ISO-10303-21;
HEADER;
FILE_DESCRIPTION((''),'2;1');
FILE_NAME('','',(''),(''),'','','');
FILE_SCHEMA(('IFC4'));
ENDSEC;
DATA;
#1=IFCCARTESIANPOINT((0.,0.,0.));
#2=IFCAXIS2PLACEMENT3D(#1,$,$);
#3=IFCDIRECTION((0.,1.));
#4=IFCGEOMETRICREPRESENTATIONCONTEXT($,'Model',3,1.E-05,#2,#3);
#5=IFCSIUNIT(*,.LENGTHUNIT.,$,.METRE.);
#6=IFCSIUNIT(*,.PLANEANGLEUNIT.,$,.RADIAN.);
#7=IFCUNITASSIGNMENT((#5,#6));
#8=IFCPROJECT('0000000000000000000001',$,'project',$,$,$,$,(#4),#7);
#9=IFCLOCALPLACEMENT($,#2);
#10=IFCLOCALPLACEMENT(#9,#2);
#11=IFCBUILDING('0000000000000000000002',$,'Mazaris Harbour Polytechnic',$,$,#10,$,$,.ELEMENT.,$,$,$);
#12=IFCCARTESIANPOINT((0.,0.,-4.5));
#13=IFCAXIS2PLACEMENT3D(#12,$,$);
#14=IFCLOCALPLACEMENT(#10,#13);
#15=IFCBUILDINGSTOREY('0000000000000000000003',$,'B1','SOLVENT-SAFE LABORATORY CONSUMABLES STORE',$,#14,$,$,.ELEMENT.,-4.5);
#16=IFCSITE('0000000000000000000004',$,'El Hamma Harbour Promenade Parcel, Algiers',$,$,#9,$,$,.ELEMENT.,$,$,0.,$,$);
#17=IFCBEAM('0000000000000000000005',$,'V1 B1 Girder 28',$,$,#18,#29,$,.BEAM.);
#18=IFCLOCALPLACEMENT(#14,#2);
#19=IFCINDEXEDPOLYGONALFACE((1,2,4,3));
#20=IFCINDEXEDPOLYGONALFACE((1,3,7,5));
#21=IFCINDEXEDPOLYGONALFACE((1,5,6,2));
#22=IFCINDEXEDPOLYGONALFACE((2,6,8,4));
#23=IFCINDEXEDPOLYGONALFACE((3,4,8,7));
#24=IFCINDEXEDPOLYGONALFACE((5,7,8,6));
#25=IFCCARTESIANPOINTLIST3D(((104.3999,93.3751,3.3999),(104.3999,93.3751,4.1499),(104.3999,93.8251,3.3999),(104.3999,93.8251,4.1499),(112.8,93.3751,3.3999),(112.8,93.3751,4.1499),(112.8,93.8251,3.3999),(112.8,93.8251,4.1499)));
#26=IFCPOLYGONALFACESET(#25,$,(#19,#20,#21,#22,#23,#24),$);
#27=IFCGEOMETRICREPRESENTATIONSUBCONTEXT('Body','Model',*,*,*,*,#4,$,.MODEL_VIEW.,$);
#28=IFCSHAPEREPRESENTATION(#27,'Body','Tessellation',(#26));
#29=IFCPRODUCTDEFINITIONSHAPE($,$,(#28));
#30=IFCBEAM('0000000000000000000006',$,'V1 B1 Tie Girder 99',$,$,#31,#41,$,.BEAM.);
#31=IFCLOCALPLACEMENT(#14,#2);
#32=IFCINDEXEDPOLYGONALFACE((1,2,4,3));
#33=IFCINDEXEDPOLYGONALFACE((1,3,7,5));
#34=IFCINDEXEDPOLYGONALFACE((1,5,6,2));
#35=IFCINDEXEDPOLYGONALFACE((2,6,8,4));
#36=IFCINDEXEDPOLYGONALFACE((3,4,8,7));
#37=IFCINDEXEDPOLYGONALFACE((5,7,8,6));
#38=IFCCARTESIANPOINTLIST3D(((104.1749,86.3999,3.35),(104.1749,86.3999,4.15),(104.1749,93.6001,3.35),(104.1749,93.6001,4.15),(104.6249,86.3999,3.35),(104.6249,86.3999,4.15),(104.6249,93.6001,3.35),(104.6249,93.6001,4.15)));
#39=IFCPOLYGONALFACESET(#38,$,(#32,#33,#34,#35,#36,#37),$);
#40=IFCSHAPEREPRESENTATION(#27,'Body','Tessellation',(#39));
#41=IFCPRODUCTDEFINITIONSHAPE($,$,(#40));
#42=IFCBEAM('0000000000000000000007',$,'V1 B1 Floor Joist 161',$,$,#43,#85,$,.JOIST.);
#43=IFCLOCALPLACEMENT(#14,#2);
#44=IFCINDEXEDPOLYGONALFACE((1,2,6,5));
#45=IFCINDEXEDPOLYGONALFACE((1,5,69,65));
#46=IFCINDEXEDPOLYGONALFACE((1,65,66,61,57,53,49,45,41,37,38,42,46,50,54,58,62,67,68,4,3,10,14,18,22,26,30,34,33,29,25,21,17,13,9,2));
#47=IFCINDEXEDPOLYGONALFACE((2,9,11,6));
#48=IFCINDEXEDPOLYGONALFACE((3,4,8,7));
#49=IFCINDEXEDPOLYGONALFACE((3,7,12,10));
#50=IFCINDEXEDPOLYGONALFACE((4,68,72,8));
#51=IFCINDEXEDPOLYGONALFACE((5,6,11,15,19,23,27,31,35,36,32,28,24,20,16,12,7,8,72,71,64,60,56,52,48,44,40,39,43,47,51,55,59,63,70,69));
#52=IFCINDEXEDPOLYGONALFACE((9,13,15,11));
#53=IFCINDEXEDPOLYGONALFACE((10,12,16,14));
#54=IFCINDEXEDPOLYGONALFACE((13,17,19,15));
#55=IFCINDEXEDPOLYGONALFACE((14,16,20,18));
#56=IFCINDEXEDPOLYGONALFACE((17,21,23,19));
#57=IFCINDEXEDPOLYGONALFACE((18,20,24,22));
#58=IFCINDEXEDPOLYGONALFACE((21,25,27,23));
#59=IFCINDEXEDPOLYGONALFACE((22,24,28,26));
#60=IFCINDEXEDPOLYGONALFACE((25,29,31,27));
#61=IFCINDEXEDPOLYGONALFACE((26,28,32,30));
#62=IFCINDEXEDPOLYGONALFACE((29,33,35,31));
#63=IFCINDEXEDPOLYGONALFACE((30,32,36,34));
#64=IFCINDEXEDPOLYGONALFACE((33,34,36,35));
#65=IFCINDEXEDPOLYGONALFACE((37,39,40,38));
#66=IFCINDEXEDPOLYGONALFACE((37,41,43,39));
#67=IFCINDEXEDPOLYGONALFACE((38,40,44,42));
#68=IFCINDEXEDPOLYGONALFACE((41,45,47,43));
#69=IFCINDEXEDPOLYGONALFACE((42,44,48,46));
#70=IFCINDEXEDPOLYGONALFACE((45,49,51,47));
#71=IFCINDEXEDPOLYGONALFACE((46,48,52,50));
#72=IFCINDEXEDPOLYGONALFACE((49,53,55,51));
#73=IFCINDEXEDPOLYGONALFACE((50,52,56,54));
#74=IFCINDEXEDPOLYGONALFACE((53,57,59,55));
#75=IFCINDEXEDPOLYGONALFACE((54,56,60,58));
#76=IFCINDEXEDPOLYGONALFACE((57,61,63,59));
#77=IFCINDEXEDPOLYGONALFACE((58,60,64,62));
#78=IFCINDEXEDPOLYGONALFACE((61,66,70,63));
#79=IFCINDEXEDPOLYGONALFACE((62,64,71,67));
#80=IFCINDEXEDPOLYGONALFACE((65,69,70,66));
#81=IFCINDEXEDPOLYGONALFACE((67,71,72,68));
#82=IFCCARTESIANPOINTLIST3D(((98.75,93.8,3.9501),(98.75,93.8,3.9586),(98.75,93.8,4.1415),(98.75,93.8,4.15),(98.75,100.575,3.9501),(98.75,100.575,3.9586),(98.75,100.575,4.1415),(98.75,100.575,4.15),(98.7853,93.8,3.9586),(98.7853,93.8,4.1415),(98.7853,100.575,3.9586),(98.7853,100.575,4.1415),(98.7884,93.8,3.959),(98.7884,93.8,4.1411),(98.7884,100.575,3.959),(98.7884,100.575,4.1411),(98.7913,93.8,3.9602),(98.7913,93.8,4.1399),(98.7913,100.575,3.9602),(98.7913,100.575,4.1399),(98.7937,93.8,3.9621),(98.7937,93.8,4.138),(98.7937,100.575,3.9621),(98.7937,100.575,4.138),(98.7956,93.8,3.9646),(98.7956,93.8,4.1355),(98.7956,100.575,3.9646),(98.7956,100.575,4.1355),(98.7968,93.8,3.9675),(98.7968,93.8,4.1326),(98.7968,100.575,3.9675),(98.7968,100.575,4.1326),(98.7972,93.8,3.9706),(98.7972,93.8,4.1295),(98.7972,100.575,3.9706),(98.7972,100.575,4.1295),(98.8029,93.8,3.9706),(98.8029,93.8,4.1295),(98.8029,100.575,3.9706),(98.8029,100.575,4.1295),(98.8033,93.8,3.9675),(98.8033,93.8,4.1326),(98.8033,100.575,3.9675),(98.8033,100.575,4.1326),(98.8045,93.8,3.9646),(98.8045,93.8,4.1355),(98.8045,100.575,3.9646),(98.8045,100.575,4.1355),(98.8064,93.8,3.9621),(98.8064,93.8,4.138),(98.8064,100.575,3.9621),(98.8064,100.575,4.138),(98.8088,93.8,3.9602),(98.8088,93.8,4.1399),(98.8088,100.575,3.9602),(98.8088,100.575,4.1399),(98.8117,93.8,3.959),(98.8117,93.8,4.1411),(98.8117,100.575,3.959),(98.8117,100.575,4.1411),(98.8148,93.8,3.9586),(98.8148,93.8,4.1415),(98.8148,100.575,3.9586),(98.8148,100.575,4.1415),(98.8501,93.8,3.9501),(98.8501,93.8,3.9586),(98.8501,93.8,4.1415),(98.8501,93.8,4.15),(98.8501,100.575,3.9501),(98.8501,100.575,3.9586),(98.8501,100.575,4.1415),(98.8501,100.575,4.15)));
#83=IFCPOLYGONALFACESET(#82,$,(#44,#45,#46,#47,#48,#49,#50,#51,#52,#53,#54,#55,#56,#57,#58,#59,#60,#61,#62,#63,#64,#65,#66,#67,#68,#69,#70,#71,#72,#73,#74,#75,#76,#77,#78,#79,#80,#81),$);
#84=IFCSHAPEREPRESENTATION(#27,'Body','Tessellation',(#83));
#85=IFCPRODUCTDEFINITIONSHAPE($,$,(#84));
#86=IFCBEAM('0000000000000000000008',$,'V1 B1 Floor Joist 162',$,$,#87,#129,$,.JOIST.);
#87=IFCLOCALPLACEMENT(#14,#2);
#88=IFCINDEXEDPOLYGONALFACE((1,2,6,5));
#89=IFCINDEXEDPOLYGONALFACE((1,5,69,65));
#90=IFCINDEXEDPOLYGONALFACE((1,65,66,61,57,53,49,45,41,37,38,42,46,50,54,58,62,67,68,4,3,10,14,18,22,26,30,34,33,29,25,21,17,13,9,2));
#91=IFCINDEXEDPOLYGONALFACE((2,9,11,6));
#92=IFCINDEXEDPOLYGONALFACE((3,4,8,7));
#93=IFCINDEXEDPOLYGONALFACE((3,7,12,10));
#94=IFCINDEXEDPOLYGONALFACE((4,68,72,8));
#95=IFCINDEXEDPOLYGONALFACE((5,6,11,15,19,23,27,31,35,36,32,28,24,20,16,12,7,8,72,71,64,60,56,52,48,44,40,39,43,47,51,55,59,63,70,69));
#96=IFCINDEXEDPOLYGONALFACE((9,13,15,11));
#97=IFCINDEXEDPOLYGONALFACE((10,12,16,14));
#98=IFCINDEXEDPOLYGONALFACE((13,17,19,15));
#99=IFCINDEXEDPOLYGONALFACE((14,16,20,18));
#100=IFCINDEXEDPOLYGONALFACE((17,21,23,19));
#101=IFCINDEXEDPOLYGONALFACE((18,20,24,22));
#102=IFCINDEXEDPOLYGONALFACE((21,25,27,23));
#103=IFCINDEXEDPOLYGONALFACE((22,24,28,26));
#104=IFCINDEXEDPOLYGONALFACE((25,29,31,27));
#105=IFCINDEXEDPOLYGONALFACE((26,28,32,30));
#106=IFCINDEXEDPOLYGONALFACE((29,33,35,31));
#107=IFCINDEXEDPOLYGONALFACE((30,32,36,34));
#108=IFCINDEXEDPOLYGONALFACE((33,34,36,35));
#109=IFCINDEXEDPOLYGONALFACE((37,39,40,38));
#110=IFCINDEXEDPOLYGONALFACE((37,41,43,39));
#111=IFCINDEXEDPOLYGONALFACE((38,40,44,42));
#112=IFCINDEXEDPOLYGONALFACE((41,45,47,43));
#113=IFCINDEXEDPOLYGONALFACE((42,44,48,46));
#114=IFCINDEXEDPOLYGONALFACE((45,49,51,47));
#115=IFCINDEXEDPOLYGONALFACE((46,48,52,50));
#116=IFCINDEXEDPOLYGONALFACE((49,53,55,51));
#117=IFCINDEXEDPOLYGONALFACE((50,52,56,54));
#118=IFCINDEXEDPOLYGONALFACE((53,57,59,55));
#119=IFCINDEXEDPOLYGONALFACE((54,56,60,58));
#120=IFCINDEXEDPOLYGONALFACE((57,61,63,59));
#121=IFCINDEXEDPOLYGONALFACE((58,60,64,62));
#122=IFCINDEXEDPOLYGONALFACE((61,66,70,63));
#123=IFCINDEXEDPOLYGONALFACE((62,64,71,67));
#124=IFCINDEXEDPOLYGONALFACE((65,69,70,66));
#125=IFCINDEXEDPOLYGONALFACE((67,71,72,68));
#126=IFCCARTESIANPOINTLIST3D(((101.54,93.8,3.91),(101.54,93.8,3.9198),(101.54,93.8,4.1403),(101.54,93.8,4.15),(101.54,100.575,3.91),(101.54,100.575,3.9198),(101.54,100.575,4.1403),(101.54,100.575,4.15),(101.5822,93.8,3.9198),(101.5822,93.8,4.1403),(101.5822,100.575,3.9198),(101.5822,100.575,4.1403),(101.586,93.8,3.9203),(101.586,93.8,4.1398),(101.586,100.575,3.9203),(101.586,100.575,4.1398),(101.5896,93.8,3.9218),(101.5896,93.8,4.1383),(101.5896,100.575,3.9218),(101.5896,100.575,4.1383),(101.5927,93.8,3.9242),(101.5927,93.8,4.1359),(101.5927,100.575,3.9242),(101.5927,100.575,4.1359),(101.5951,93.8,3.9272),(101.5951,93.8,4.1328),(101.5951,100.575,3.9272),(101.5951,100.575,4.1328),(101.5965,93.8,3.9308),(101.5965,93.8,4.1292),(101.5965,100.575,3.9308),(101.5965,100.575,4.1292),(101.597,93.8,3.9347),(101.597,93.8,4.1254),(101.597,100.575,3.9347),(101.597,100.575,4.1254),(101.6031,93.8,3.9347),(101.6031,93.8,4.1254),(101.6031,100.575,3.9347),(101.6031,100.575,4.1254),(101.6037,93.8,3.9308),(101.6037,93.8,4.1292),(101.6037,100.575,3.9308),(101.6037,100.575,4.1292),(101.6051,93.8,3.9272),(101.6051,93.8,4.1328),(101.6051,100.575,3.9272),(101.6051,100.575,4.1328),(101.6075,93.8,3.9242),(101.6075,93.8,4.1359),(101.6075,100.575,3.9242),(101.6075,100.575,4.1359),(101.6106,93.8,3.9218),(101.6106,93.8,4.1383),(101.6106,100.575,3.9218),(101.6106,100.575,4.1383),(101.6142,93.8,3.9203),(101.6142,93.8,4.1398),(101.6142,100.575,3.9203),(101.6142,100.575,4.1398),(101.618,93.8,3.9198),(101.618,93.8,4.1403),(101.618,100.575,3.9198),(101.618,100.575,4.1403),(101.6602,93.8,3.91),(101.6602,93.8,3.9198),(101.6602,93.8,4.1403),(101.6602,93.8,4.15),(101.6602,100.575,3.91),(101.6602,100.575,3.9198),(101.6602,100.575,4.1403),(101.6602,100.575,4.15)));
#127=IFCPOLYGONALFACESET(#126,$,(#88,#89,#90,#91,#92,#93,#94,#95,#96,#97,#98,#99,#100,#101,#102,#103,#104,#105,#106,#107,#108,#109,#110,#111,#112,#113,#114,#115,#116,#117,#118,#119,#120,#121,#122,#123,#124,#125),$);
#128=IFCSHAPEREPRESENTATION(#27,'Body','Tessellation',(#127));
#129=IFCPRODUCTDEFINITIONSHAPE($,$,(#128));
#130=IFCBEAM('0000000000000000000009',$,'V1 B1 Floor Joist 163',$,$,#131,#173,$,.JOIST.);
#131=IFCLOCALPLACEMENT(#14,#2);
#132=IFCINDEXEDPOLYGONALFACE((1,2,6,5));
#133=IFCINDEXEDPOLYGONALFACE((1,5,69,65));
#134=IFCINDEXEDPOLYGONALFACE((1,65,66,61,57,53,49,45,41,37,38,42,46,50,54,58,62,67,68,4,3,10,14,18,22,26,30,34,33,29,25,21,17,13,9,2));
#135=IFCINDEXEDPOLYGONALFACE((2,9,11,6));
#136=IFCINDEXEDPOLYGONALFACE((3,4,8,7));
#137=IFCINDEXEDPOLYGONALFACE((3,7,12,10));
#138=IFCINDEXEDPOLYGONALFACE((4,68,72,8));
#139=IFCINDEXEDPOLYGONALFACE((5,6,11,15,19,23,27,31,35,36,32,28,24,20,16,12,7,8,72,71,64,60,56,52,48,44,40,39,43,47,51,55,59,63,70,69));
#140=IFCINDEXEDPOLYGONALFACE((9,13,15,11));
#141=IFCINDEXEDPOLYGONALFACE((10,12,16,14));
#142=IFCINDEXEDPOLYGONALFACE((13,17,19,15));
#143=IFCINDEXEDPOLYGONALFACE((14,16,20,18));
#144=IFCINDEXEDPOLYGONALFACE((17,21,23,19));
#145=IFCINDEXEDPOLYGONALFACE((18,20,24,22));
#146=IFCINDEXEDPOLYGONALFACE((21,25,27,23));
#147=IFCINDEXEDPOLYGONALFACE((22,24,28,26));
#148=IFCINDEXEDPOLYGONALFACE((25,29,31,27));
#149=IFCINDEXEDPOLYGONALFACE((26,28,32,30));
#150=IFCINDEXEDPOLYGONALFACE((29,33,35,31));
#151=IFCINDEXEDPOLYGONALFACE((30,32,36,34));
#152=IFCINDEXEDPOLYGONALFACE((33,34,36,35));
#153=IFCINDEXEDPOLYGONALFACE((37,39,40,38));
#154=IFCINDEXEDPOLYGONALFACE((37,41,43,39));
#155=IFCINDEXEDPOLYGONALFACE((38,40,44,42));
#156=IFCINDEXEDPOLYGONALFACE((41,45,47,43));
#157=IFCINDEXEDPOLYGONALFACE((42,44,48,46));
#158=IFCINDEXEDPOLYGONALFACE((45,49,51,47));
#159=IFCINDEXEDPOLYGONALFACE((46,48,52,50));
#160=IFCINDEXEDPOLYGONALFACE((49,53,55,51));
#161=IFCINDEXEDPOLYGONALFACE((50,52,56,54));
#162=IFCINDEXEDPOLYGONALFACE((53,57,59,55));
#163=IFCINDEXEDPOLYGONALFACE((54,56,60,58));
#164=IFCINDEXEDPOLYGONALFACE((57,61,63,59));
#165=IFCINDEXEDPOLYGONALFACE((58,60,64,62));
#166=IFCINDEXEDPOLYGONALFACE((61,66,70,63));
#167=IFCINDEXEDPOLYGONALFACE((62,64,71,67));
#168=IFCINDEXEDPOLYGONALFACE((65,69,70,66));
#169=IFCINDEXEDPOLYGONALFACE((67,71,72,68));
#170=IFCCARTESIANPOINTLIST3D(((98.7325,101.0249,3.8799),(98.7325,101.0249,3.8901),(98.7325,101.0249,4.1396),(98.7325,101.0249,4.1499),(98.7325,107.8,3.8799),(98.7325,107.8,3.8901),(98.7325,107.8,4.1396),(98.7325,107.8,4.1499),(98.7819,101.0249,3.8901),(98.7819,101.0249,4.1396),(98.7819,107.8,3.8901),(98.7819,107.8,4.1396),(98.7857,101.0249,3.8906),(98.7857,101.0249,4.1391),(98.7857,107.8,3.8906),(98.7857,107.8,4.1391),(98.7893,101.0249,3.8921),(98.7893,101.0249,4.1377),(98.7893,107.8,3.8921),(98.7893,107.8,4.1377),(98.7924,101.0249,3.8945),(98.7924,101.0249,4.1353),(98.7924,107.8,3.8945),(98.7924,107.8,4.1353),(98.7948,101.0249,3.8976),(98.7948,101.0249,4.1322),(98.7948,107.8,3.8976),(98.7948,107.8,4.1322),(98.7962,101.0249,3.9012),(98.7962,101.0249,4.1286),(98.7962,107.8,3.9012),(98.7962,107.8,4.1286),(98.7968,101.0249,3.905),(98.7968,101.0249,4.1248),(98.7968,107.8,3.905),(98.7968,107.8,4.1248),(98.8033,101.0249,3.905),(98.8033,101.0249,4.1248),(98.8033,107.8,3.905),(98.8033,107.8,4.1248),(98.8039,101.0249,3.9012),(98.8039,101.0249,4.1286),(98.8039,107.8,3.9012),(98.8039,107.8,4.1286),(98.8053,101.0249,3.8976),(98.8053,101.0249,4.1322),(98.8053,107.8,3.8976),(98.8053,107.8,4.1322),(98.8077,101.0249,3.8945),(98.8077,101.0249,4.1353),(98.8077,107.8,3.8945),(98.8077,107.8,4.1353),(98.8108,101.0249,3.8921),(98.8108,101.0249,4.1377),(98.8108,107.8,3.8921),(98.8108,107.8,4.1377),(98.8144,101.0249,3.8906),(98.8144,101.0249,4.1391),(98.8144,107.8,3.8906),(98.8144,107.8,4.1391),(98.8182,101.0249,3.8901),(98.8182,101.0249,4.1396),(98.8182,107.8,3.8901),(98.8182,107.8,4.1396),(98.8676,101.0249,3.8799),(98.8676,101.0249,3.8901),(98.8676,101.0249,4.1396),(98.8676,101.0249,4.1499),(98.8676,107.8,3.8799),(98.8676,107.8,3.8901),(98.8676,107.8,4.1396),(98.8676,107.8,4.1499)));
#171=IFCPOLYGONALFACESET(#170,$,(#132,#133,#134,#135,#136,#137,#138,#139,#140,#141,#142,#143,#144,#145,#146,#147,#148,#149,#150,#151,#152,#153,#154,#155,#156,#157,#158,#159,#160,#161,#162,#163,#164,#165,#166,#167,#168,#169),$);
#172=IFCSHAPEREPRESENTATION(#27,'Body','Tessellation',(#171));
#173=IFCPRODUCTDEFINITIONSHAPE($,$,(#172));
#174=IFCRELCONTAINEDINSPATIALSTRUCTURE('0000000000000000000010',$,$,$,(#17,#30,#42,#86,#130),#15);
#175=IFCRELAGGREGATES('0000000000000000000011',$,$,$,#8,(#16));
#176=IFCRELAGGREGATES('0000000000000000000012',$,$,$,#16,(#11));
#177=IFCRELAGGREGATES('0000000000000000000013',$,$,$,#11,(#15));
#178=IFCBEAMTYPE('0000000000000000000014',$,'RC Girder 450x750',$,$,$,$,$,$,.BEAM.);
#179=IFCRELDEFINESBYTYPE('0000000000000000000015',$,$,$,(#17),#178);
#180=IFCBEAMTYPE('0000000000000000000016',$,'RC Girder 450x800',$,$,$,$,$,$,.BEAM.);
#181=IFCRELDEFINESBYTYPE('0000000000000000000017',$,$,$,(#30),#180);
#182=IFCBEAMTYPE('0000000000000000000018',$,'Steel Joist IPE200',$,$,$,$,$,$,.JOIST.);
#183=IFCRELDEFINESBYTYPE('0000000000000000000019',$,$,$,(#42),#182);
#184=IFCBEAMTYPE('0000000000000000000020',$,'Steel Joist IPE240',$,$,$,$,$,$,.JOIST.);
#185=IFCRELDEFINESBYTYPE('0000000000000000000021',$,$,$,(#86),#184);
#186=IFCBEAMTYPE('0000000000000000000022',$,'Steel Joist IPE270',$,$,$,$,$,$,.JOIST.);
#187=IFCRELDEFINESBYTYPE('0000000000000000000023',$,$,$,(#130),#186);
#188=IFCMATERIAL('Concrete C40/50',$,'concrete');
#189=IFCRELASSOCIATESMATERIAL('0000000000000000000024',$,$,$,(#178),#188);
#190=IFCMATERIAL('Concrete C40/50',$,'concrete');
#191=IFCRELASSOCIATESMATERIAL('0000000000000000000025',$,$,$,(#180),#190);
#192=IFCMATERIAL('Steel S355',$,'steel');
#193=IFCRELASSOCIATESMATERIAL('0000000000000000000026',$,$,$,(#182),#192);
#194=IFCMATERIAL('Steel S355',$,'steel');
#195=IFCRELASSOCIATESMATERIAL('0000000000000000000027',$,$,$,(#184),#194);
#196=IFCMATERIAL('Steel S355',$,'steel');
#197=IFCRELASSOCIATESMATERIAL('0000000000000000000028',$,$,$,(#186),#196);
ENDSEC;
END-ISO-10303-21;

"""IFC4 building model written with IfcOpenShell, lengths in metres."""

from ifc_helpers import new_model, si_unit, direction, frame, origin, origin_2d, place, context, subcontext, project, spatial, rectangle, i_section, extrude, material, material_profile, profile_set, type_object, element, save


model = new_model("IFC4")

# Units and contexts
model_context = context("Model", 3, precision=1e-05, world=origin(), true_north=direction((0.0, 1.0)))
body_context = subcontext(model_context, "Body", "Model", "MODEL_VIEW")
ifc_project = project(units=[si_unit("LENGTHUNIT", "METRE"), si_unit("PLANEANGLEUNIT", "RADIAN")], contexts=[model_context])

# Site, building, storey
site_placement = place(None, origin())
site = spatial("IfcSite", under=ifc_project, at=site_placement, Name="El Hamma Harbour Promenade Parcel, Algiers", CompositionType="ELEMENT", RefElevation=0.0)
building_placement = place(site_placement, origin())
building = spatial("IfcBuilding", under=site, at=building_placement, Name="Mazaris Harbour Polytechnic", CompositionType="ELEMENT")
storey_placement = place(building_placement, frame((0.0, 0.0, -4.5)))
storey = spatial("IfcBuildingStorey", under=building, at=storey_placement, Name="B1", Description="SOLVENT-SAFE LABORATORY CONSUMABLES STORE", CompositionType="ELEMENT", Elevation=-4.5)

# Beams
ifc_material_1 = material(Name="Concrete C40/50", Category="concrete")
ifc_material_profile_1 = material_profile(ifc_material_1, rectangle(XDim=0.45, YDim=0.75, at=origin_2d()), Name="RECT450x750")
ifc_profile_set_1 = profile_set([ifc_material_profile_1], Name="Concrete C40/50")
beam_type_1 = type_object("IfcBeamType", Name="RC Girder 450x750", PredefinedType="BEAM", material=ifc_profile_set_1)
beam_1_placement = place(storey_placement, frame((104.3999, 93.6001, 3.7749), z_axis=(1.0, 0.0, 0.0), x_axis=(0.0, 1.0, 0.0)))
element("IfcBeam", 1, at=beam_1_placement, inside=storey, type_object=beam_type_1, Name="V1 B1 Girder 28", PredefinedType="BEAM", context=body_context, shape_type="SweptSolid", body=[
    extrude(rectangle(XDim=0.45, YDim=0.75, at=origin_2d()), origin(), (0.0, 0.0, 1.0), 8.4001),
])
ifc_material_2 = material(Name="Concrete C40/50", Category="concrete")
ifc_material_profile_2 = material_profile(ifc_material_2, rectangle(XDim=0.45, YDim=0.8, at=origin_2d()), Name="RECT450x800")
ifc_profile_set_2 = profile_set([ifc_material_profile_2], Name="Concrete C40/50")
beam_type_2 = type_object("IfcBeamType", Name="RC Girder 450x800", PredefinedType="BEAM", material=ifc_profile_set_2)
beam_2_placement = place(storey_placement, frame((104.3999, 86.3999, 3.75), z_axis=(0.0, 1.0, 0.0), x_axis=(-1.0, 0.0, 0.0)))
element("IfcBeam", 2, at=beam_2_placement, inside=storey, type_object=beam_type_2, Name="V1 B1 Tie Girder 99", PredefinedType="BEAM", context=body_context, shape_type="SweptSolid", body=[
    extrude(rectangle(XDim=0.45, YDim=0.8, at=origin_2d()), origin(), (0.0, 0.0, 1.0), 7.2002),
])
ifc_material_3 = material(Name="Steel S355", Category="steel")
ifc_material_profile_3 = material_profile(ifc_material_3, i_section(OverallWidth=0.1001, OverallDepth=0.2, WebThickness=0.0056, FlangeThickness=0.0085, FilletRadius=0.012, at=origin_2d()), Name="IPE 200")
ifc_profile_set_3 = profile_set([ifc_material_profile_3], Name="Steel S355")
beam_type_3 = type_object("IfcBeamType", Name="Steel Joist IPE200", PredefinedType="JOIST", material=ifc_profile_set_3)
beam_3_placement = place(storey_placement, frame((98.8, 93.8, 4.05), z_axis=(0.0, 1.0, 0.0), x_axis=(-1.0, 0.0, 0.0)))
element("IfcBeam", 3, at=beam_3_placement, inside=storey, type_object=beam_type_3, Name="V1 B1 Floor Joist 161", PredefinedType="JOIST", context=body_context, shape_type="SweptSolid", body=[
    extrude(i_section(OverallWidth=0.1001, OverallDepth=0.2, WebThickness=0.0056, FlangeThickness=0.0085, FilletRadius=0.012, at=origin_2d()), origin(), (0.0, 0.0, 1.0), 6.7749),
])
ifc_material_4 = material(Name="Steel S355", Category="steel")
ifc_material_profile_4 = material_profile(ifc_material_4, i_section(OverallWidth=0.1201, OverallDepth=0.24, WebThickness=0.0061, FlangeThickness=0.0098, FilletRadius=0.0149, at=origin_2d()), Name="IPE 240")
ifc_profile_set_4 = profile_set([ifc_material_profile_4], Name="Steel S355")
beam_type_4 = type_object("IfcBeamType", Name="Steel Joist IPE240", PredefinedType="JOIST", material=ifc_profile_set_4)
beam_4_placement = place(storey_placement, frame((101.6001, 93.8, 4.03), z_axis=(0.0, 1.0, 0.0), x_axis=(-1.0, 0.0, 0.0)))
element("IfcBeam", 4, at=beam_4_placement, inside=storey, type_object=beam_type_4, Name="V1 B1 Floor Joist 162", PredefinedType="JOIST", context=body_context, shape_type="SweptSolid", body=[
    extrude(i_section(OverallWidth=0.1201, OverallDepth=0.24, WebThickness=0.0061, FlangeThickness=0.0098, FilletRadius=0.0149, at=origin_2d()), origin(), (0.0, 0.0, 1.0), 6.7749),
])
ifc_material_5 = material(Name="Steel S355", Category="steel")
ifc_material_profile_5 = material_profile(ifc_material_5, i_section(OverallWidth=0.135, OverallDepth=0.27, WebThickness=0.0066, FlangeThickness=0.0103, FilletRadius=0.0149, at=origin_2d()), Name="IPE 270")
ifc_profile_set_5 = profile_set([ifc_material_profile_5], Name="Steel S355")
beam_type_5 = type_object("IfcBeamType", Name="Steel Joist IPE270", PredefinedType="JOIST", material=ifc_profile_set_5)
beam_5_placement = place(storey_placement, frame((98.8, 101.0249, 4.0149), z_axis=(0.0, 1.0, 0.0), x_axis=(-1.0, 0.0, 0.0)))
element("IfcBeam", 5, at=beam_5_placement, inside=storey, type_object=beam_type_5, Name="V1 B1 Floor Joist 163", PredefinedType="JOIST", context=body_context, shape_type="SweptSolid", body=[
    extrude(i_section(OverallWidth=0.135, OverallDepth=0.27, WebThickness=0.0066, FlangeThickness=0.0103, FilletRadius=0.0149, at=origin_2d()), origin(), (0.0, 0.0, 1.0), 6.7751),
])

save(model, "model.ifc")
